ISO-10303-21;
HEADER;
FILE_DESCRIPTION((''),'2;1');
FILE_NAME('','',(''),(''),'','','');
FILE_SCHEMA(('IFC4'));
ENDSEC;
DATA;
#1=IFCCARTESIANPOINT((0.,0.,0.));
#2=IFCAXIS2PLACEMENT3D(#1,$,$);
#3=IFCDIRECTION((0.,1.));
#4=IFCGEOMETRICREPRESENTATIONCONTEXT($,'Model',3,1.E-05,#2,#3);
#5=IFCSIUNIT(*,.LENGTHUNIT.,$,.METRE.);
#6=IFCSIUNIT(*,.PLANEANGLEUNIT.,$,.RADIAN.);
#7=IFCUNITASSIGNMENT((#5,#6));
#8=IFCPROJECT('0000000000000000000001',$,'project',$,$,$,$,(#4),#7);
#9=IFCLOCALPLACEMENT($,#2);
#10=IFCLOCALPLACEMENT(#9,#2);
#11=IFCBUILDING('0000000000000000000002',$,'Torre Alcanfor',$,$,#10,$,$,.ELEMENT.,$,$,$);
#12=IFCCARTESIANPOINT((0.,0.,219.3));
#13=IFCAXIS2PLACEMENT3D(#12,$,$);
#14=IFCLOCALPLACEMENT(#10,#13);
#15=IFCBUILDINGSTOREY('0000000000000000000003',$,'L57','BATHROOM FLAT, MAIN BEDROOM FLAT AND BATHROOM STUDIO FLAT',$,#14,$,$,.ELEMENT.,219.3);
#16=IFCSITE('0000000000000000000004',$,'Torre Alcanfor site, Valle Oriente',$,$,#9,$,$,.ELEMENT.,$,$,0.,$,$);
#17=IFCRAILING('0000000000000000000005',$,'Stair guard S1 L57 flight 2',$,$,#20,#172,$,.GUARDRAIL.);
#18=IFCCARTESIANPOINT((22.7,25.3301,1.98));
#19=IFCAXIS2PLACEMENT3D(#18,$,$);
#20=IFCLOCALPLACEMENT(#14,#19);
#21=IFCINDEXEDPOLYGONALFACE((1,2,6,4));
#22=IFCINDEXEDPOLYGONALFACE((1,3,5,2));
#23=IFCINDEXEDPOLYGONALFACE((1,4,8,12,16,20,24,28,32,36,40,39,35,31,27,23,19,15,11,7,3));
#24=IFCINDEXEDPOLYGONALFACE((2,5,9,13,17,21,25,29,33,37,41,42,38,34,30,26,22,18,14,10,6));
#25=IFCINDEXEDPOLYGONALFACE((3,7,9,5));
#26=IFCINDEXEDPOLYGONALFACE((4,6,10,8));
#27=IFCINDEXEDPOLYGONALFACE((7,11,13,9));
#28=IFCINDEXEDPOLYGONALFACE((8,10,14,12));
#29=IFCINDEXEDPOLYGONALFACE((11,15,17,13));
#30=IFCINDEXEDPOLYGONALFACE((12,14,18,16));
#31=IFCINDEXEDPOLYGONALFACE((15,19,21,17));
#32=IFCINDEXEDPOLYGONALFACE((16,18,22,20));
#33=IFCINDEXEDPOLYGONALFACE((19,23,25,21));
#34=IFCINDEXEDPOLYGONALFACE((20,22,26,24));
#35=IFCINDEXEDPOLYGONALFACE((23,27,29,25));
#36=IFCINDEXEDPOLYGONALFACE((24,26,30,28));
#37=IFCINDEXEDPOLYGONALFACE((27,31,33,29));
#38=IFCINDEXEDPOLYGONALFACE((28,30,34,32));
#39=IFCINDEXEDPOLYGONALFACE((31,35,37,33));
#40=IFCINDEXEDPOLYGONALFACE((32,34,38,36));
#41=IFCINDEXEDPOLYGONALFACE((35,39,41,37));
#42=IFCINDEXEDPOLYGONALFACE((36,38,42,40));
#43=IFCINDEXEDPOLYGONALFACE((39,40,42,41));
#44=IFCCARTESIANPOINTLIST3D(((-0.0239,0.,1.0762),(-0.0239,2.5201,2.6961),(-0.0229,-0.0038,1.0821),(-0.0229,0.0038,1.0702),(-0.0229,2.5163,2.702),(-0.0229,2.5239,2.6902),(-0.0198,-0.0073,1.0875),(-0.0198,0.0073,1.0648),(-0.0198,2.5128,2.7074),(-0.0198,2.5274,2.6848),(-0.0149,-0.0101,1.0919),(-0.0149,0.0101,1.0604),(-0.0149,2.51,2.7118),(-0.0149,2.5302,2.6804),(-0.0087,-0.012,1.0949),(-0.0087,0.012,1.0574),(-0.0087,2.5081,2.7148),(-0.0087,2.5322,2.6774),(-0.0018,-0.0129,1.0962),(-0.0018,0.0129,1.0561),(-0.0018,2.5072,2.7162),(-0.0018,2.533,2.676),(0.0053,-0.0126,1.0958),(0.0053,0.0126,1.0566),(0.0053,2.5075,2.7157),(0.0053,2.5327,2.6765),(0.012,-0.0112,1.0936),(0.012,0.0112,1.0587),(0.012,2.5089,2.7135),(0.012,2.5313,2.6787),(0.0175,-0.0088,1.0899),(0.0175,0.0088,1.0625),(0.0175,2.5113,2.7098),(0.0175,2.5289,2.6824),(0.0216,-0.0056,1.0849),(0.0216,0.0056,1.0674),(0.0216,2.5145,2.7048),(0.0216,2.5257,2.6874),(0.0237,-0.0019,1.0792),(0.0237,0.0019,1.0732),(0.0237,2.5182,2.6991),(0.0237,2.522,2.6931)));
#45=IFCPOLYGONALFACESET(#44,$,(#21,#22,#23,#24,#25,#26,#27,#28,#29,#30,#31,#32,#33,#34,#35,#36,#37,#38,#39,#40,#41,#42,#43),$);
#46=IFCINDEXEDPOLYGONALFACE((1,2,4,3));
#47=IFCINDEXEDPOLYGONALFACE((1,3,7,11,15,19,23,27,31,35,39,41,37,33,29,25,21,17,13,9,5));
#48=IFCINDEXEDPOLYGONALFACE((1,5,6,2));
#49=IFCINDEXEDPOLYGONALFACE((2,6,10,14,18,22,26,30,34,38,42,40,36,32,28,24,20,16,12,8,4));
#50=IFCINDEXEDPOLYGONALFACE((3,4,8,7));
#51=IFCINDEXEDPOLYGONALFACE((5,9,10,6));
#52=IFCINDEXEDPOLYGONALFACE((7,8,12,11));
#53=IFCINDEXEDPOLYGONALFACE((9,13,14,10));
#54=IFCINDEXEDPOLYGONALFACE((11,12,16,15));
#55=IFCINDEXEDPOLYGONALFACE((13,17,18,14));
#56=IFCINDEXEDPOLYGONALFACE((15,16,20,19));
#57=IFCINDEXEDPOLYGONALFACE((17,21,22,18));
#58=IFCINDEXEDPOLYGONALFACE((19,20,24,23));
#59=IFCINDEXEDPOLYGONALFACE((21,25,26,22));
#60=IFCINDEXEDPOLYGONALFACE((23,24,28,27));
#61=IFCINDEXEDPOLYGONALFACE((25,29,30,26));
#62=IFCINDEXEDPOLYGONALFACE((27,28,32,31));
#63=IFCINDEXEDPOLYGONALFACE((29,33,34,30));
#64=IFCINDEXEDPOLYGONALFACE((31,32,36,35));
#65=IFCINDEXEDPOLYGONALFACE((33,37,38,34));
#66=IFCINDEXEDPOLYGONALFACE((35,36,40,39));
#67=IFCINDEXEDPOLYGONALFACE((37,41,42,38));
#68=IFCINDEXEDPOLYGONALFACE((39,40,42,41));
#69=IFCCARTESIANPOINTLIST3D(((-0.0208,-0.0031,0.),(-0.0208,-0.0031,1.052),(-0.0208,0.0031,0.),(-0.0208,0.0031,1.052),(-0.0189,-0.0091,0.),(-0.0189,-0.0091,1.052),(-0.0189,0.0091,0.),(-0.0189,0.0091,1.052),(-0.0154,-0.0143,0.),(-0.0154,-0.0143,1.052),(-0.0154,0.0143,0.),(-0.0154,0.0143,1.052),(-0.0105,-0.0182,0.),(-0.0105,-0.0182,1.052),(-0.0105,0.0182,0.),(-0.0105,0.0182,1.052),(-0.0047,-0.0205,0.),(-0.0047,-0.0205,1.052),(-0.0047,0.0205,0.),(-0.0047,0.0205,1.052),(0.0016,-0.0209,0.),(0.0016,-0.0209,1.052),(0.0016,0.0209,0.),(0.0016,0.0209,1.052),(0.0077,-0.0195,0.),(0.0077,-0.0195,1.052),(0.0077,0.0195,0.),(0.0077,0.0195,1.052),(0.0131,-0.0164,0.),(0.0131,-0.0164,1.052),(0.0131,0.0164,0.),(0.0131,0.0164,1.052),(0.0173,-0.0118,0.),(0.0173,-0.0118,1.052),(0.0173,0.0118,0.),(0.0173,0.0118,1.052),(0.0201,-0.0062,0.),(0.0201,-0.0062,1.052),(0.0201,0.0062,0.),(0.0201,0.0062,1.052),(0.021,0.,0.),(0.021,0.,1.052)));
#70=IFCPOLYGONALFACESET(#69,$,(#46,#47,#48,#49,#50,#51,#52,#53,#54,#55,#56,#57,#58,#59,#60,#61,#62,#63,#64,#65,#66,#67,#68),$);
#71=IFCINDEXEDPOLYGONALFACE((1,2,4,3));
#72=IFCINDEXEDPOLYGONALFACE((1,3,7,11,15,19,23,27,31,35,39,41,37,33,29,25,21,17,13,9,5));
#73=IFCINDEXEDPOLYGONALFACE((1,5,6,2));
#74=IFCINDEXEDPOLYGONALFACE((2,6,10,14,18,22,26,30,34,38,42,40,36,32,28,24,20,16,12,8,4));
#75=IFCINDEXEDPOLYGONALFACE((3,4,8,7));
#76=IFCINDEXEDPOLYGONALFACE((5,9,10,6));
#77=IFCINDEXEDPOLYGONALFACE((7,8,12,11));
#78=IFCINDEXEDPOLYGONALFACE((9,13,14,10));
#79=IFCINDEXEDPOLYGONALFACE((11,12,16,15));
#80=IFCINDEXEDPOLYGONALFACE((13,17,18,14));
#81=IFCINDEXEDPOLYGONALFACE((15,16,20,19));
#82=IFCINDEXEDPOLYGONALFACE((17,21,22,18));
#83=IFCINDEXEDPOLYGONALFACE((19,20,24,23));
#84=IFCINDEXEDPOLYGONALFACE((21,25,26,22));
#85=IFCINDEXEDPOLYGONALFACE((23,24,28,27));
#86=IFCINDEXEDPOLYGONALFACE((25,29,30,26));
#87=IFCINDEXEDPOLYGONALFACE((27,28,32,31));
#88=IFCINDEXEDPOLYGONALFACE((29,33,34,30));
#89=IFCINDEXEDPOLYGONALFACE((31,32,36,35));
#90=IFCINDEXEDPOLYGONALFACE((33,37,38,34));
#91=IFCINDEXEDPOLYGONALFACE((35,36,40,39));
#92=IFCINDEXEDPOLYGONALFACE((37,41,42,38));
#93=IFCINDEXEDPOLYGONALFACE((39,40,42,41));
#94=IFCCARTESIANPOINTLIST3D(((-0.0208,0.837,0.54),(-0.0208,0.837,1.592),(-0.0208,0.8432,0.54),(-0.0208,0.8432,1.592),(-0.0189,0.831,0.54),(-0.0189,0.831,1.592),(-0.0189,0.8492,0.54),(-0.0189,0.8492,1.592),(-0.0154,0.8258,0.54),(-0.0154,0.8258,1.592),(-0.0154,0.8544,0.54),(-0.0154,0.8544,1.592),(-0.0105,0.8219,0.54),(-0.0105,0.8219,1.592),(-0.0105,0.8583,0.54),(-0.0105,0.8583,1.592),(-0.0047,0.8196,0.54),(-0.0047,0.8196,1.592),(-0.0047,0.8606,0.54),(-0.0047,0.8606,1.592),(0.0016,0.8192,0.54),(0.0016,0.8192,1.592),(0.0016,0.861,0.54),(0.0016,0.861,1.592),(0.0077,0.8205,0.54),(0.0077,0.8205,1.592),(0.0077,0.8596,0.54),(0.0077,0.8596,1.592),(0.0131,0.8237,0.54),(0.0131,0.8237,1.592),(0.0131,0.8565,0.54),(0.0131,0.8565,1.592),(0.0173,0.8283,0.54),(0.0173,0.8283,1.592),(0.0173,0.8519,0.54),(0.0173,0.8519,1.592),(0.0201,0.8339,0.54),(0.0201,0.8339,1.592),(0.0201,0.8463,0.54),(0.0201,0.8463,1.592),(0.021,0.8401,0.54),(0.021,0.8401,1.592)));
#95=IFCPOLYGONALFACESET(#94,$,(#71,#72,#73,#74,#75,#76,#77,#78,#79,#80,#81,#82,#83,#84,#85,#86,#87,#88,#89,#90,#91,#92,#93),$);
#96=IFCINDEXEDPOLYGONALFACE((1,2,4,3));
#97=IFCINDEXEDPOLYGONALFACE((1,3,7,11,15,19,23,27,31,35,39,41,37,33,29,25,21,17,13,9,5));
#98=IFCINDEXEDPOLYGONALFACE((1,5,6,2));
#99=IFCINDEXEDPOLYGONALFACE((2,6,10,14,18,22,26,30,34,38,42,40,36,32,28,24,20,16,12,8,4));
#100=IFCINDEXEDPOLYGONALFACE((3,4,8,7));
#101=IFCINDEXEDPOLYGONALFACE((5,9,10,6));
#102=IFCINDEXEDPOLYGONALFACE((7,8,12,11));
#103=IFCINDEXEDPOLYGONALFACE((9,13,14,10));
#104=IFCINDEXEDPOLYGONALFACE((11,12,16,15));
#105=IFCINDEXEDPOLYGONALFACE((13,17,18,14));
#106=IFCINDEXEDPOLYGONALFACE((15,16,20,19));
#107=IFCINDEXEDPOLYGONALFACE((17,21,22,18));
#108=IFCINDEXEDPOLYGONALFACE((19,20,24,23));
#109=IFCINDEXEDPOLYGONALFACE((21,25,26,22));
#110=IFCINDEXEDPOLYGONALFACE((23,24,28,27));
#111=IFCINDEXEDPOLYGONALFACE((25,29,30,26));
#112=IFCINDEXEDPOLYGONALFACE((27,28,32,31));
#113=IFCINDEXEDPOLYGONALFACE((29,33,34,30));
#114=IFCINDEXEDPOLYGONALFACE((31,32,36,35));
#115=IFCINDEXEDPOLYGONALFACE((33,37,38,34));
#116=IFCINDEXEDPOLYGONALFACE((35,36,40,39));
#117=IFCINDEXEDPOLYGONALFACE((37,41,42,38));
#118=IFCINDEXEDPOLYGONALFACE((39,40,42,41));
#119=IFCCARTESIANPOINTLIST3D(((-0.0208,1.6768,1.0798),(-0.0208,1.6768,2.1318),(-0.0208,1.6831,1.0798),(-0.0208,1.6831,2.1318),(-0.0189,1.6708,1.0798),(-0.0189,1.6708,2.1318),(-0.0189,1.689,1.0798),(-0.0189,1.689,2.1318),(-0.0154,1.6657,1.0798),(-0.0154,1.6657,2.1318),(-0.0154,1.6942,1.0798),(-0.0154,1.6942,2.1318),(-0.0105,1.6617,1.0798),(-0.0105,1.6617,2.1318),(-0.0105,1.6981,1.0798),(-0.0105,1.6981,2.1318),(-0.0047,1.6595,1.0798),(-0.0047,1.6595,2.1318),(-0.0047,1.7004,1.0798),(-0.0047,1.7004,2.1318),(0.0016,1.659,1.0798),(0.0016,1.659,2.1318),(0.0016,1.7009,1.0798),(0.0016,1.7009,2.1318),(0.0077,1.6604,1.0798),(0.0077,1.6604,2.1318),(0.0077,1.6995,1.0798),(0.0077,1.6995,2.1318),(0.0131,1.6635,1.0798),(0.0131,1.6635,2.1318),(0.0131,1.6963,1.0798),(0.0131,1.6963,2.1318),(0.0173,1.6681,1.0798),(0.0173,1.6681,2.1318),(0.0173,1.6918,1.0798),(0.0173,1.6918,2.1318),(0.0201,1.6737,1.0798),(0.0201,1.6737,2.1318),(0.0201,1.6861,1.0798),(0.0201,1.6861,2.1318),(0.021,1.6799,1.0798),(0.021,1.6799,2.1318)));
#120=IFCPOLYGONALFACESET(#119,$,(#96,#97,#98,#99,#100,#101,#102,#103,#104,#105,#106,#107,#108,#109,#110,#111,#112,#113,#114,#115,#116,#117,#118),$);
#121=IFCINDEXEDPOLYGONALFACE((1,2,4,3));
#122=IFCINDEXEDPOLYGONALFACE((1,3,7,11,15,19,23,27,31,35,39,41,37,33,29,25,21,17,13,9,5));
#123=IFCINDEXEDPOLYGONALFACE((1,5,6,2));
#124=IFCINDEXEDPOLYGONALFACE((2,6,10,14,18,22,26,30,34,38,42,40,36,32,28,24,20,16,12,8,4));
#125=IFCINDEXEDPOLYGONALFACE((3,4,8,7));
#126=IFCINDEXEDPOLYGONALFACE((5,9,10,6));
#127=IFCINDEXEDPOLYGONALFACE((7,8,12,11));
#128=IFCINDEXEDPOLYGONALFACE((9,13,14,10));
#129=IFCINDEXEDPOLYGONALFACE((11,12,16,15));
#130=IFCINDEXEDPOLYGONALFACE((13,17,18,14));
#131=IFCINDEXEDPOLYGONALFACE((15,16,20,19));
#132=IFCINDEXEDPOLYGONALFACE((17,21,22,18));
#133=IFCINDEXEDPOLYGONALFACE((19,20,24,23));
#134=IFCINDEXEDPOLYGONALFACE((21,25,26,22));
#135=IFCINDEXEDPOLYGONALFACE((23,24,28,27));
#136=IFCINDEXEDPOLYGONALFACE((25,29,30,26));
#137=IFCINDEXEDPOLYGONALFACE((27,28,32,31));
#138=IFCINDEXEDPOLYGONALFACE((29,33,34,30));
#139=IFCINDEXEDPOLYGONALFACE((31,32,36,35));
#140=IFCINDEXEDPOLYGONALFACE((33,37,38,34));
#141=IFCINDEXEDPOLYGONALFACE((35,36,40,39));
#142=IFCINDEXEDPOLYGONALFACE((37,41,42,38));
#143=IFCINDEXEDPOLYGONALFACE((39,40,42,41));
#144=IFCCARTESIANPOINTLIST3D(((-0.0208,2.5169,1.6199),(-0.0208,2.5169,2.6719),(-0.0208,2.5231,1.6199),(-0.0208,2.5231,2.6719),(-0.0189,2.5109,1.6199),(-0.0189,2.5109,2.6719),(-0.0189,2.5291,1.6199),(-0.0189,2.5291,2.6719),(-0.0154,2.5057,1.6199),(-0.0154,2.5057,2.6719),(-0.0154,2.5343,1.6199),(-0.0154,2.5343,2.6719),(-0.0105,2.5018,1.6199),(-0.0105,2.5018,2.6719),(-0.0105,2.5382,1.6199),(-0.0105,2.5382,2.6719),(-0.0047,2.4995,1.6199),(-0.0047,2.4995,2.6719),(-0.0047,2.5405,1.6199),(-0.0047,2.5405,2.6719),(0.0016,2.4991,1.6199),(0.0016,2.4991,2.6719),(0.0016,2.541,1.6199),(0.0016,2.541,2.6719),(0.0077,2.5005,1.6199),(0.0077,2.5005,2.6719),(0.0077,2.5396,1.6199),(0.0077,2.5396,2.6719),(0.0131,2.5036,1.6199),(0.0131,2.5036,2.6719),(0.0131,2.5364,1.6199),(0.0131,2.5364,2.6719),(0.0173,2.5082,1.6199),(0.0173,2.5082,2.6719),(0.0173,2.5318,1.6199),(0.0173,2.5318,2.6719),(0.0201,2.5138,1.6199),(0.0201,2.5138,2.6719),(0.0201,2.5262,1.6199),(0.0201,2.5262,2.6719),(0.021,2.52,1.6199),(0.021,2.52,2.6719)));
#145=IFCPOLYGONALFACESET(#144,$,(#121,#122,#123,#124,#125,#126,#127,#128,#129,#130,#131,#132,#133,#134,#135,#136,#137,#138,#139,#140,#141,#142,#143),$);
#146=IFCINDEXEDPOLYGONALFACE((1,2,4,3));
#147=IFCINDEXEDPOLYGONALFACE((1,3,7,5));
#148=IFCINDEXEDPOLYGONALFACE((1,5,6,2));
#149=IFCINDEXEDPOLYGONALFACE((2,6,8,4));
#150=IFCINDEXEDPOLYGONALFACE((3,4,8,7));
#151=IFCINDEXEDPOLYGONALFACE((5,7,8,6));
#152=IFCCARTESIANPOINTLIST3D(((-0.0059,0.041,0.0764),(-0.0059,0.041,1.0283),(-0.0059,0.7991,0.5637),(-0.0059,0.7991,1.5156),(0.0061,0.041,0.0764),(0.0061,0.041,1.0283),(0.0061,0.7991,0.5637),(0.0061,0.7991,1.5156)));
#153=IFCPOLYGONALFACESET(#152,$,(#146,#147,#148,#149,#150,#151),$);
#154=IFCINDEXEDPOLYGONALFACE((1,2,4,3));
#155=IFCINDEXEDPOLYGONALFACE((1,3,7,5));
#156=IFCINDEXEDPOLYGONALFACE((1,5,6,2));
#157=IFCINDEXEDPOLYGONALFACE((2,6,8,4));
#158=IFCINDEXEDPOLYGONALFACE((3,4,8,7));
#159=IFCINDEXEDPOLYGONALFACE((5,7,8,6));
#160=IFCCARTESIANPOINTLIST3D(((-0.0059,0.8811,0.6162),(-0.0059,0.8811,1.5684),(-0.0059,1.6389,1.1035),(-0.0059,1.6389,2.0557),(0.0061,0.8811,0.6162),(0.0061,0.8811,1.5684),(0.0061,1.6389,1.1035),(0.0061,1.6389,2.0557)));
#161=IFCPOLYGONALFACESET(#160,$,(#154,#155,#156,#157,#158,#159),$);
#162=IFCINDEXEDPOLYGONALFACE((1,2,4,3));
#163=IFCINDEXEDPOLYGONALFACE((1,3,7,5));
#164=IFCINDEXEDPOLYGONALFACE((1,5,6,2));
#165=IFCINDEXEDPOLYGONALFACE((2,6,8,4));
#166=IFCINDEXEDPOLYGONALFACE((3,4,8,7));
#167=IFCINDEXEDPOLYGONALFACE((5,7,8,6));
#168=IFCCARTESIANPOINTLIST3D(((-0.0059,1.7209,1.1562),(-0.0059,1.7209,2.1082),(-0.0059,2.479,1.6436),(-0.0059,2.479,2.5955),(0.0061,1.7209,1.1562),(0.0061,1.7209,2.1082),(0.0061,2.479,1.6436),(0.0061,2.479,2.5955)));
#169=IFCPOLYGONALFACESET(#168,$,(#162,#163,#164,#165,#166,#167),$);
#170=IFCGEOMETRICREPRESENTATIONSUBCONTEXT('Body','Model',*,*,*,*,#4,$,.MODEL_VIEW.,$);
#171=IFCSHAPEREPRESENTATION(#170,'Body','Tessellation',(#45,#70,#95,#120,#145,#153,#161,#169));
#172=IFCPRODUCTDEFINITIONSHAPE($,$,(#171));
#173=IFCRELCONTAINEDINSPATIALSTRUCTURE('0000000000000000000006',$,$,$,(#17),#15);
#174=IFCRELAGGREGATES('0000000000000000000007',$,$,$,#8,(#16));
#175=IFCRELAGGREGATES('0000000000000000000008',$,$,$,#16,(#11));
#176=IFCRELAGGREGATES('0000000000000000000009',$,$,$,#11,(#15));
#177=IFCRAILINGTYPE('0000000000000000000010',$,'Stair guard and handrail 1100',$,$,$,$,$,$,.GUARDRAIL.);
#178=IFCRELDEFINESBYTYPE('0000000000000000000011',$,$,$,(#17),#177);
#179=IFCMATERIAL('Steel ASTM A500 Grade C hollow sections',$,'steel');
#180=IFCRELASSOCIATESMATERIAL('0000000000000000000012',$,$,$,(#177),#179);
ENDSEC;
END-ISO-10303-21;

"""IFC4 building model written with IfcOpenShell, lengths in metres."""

from ifc_helpers import new_model, si_unit, direction, frame, origin, origin_2d, place, context, subcontext, project, spatial, polyline, circle, outline, extrude, material, type_object, element, save


model = new_model("IFC4")

# Units and contexts
model_context = context("Model", 3, precision=1e-05, world=origin(), true_north=direction((0.0, 1.0)))
body_context = subcontext(model_context, "Body", "Model", "MODEL_VIEW")
ifc_project = project(units=[si_unit("LENGTHUNIT", "METRE"), si_unit("PLANEANGLEUNIT", "RADIAN")], contexts=[model_context])

# Site, building, storey
site_placement = place(None, origin())
site = spatial("IfcSite", under=ifc_project, at=site_placement, Name="Torre Alcanfor site, Valle Oriente", CompositionType="ELEMENT", RefElevation=0.0)
building_placement = place(site_placement, origin())
building = spatial("IfcBuilding", under=site, at=building_placement, Name="Torre Alcanfor", CompositionType="ELEMENT")
storey_placement = place(building_placement, frame((0.0, 0.0, 219.3)))
storey = spatial("IfcBuildingStorey", under=building, at=storey_placement, Name="L57", Description="BATHROOM FLAT, MAIN BEDROOM FLAT AND BATHROOM STUDIO FLAT", CompositionType="ELEMENT", Elevation=219.3)

# Railing
ifc_material_1 = material(Name="Steel ASTM A500 Grade C hollow sections", Category="steel")
railing_type_1 = type_object("IfcRailingType", Name="Stair guard and handrail 1100", PredefinedType="GUARDRAIL", material=ifc_material_1)
railing_1_placement = place(storey_placement, frame((22.7, 25.3301, 1.98)))
element("IfcRailing", 1, at=railing_1_placement, inside=storey, type_object=railing_type_1, Name="Stair guard S1 L57 flight 2", PredefinedType="GUARDRAIL", context=body_context, shape_type="SweptSolid", body=[
    extrude(circle(Radius=0.0239, at=origin_2d()), frame((0.0, 0.0, 1.0762), z_axis=(0.0, 0.8412, 0.540725), x_axis=(-1.0, 0.0, 0.0)), (0.0, 0.0, 1.0), 2.9958),
    extrude(circle(Radius=0.021, at=origin_2d()), origin(), (0.0, 0.0, 1.0), 1.052),
    extrude(circle(Radius=0.021, at=origin_2d()), frame((0.0, 0.8401, 0.54)), (0.0, 0.0, 1.0), 1.052),
    extrude(circle(Radius=0.021, at=origin_2d()), frame((0.0, 1.6799, 1.0798)), (0.0, 0.0, 1.0), 1.052),
    extrude(circle(Radius=0.021, at=origin_2d()), frame((0.0, 2.52, 1.6199)), (0.0, 0.0, 1.0), 1.052),
    extrude(outline(polyline([(0.041, 0.0764), (0.7991, 0.5637), (0.7991, 1.5156), (0.041, 1.0283), (0.041, 0.0764)])), frame((-0.0059, 0.0, 0.0), z_axis=(1.0, 0.0, 0.0), x_axis=(0.0, 1.0, 0.0)), (0.0, 0.0, 1.0), 0.012),
    extrude(outline(polyline([(0.8811, 0.6162), (1.6389, 1.1035), (1.6389, 2.0557), (0.8811, 1.5684), (0.8811, 0.6162)])), frame((-0.0059, 0.0, 0.0), z_axis=(1.0, 0.0, 0.0), x_axis=(0.0, 1.0, 0.0)), (0.0, 0.0, 1.0), 0.012),
    extrude(outline(polyline([(1.7209, 1.1562), (2.479, 1.6436), (2.479, 2.5955), (1.7209, 2.1082), (1.7209, 1.1562)])), frame((-0.0059, 0.0, 0.0), z_axis=(1.0, 0.0, 0.0), x_axis=(0.0, 1.0, 0.0)), (0.0, 0.0, 1.0), 0.012),
])

save(model, "model.ifc")
